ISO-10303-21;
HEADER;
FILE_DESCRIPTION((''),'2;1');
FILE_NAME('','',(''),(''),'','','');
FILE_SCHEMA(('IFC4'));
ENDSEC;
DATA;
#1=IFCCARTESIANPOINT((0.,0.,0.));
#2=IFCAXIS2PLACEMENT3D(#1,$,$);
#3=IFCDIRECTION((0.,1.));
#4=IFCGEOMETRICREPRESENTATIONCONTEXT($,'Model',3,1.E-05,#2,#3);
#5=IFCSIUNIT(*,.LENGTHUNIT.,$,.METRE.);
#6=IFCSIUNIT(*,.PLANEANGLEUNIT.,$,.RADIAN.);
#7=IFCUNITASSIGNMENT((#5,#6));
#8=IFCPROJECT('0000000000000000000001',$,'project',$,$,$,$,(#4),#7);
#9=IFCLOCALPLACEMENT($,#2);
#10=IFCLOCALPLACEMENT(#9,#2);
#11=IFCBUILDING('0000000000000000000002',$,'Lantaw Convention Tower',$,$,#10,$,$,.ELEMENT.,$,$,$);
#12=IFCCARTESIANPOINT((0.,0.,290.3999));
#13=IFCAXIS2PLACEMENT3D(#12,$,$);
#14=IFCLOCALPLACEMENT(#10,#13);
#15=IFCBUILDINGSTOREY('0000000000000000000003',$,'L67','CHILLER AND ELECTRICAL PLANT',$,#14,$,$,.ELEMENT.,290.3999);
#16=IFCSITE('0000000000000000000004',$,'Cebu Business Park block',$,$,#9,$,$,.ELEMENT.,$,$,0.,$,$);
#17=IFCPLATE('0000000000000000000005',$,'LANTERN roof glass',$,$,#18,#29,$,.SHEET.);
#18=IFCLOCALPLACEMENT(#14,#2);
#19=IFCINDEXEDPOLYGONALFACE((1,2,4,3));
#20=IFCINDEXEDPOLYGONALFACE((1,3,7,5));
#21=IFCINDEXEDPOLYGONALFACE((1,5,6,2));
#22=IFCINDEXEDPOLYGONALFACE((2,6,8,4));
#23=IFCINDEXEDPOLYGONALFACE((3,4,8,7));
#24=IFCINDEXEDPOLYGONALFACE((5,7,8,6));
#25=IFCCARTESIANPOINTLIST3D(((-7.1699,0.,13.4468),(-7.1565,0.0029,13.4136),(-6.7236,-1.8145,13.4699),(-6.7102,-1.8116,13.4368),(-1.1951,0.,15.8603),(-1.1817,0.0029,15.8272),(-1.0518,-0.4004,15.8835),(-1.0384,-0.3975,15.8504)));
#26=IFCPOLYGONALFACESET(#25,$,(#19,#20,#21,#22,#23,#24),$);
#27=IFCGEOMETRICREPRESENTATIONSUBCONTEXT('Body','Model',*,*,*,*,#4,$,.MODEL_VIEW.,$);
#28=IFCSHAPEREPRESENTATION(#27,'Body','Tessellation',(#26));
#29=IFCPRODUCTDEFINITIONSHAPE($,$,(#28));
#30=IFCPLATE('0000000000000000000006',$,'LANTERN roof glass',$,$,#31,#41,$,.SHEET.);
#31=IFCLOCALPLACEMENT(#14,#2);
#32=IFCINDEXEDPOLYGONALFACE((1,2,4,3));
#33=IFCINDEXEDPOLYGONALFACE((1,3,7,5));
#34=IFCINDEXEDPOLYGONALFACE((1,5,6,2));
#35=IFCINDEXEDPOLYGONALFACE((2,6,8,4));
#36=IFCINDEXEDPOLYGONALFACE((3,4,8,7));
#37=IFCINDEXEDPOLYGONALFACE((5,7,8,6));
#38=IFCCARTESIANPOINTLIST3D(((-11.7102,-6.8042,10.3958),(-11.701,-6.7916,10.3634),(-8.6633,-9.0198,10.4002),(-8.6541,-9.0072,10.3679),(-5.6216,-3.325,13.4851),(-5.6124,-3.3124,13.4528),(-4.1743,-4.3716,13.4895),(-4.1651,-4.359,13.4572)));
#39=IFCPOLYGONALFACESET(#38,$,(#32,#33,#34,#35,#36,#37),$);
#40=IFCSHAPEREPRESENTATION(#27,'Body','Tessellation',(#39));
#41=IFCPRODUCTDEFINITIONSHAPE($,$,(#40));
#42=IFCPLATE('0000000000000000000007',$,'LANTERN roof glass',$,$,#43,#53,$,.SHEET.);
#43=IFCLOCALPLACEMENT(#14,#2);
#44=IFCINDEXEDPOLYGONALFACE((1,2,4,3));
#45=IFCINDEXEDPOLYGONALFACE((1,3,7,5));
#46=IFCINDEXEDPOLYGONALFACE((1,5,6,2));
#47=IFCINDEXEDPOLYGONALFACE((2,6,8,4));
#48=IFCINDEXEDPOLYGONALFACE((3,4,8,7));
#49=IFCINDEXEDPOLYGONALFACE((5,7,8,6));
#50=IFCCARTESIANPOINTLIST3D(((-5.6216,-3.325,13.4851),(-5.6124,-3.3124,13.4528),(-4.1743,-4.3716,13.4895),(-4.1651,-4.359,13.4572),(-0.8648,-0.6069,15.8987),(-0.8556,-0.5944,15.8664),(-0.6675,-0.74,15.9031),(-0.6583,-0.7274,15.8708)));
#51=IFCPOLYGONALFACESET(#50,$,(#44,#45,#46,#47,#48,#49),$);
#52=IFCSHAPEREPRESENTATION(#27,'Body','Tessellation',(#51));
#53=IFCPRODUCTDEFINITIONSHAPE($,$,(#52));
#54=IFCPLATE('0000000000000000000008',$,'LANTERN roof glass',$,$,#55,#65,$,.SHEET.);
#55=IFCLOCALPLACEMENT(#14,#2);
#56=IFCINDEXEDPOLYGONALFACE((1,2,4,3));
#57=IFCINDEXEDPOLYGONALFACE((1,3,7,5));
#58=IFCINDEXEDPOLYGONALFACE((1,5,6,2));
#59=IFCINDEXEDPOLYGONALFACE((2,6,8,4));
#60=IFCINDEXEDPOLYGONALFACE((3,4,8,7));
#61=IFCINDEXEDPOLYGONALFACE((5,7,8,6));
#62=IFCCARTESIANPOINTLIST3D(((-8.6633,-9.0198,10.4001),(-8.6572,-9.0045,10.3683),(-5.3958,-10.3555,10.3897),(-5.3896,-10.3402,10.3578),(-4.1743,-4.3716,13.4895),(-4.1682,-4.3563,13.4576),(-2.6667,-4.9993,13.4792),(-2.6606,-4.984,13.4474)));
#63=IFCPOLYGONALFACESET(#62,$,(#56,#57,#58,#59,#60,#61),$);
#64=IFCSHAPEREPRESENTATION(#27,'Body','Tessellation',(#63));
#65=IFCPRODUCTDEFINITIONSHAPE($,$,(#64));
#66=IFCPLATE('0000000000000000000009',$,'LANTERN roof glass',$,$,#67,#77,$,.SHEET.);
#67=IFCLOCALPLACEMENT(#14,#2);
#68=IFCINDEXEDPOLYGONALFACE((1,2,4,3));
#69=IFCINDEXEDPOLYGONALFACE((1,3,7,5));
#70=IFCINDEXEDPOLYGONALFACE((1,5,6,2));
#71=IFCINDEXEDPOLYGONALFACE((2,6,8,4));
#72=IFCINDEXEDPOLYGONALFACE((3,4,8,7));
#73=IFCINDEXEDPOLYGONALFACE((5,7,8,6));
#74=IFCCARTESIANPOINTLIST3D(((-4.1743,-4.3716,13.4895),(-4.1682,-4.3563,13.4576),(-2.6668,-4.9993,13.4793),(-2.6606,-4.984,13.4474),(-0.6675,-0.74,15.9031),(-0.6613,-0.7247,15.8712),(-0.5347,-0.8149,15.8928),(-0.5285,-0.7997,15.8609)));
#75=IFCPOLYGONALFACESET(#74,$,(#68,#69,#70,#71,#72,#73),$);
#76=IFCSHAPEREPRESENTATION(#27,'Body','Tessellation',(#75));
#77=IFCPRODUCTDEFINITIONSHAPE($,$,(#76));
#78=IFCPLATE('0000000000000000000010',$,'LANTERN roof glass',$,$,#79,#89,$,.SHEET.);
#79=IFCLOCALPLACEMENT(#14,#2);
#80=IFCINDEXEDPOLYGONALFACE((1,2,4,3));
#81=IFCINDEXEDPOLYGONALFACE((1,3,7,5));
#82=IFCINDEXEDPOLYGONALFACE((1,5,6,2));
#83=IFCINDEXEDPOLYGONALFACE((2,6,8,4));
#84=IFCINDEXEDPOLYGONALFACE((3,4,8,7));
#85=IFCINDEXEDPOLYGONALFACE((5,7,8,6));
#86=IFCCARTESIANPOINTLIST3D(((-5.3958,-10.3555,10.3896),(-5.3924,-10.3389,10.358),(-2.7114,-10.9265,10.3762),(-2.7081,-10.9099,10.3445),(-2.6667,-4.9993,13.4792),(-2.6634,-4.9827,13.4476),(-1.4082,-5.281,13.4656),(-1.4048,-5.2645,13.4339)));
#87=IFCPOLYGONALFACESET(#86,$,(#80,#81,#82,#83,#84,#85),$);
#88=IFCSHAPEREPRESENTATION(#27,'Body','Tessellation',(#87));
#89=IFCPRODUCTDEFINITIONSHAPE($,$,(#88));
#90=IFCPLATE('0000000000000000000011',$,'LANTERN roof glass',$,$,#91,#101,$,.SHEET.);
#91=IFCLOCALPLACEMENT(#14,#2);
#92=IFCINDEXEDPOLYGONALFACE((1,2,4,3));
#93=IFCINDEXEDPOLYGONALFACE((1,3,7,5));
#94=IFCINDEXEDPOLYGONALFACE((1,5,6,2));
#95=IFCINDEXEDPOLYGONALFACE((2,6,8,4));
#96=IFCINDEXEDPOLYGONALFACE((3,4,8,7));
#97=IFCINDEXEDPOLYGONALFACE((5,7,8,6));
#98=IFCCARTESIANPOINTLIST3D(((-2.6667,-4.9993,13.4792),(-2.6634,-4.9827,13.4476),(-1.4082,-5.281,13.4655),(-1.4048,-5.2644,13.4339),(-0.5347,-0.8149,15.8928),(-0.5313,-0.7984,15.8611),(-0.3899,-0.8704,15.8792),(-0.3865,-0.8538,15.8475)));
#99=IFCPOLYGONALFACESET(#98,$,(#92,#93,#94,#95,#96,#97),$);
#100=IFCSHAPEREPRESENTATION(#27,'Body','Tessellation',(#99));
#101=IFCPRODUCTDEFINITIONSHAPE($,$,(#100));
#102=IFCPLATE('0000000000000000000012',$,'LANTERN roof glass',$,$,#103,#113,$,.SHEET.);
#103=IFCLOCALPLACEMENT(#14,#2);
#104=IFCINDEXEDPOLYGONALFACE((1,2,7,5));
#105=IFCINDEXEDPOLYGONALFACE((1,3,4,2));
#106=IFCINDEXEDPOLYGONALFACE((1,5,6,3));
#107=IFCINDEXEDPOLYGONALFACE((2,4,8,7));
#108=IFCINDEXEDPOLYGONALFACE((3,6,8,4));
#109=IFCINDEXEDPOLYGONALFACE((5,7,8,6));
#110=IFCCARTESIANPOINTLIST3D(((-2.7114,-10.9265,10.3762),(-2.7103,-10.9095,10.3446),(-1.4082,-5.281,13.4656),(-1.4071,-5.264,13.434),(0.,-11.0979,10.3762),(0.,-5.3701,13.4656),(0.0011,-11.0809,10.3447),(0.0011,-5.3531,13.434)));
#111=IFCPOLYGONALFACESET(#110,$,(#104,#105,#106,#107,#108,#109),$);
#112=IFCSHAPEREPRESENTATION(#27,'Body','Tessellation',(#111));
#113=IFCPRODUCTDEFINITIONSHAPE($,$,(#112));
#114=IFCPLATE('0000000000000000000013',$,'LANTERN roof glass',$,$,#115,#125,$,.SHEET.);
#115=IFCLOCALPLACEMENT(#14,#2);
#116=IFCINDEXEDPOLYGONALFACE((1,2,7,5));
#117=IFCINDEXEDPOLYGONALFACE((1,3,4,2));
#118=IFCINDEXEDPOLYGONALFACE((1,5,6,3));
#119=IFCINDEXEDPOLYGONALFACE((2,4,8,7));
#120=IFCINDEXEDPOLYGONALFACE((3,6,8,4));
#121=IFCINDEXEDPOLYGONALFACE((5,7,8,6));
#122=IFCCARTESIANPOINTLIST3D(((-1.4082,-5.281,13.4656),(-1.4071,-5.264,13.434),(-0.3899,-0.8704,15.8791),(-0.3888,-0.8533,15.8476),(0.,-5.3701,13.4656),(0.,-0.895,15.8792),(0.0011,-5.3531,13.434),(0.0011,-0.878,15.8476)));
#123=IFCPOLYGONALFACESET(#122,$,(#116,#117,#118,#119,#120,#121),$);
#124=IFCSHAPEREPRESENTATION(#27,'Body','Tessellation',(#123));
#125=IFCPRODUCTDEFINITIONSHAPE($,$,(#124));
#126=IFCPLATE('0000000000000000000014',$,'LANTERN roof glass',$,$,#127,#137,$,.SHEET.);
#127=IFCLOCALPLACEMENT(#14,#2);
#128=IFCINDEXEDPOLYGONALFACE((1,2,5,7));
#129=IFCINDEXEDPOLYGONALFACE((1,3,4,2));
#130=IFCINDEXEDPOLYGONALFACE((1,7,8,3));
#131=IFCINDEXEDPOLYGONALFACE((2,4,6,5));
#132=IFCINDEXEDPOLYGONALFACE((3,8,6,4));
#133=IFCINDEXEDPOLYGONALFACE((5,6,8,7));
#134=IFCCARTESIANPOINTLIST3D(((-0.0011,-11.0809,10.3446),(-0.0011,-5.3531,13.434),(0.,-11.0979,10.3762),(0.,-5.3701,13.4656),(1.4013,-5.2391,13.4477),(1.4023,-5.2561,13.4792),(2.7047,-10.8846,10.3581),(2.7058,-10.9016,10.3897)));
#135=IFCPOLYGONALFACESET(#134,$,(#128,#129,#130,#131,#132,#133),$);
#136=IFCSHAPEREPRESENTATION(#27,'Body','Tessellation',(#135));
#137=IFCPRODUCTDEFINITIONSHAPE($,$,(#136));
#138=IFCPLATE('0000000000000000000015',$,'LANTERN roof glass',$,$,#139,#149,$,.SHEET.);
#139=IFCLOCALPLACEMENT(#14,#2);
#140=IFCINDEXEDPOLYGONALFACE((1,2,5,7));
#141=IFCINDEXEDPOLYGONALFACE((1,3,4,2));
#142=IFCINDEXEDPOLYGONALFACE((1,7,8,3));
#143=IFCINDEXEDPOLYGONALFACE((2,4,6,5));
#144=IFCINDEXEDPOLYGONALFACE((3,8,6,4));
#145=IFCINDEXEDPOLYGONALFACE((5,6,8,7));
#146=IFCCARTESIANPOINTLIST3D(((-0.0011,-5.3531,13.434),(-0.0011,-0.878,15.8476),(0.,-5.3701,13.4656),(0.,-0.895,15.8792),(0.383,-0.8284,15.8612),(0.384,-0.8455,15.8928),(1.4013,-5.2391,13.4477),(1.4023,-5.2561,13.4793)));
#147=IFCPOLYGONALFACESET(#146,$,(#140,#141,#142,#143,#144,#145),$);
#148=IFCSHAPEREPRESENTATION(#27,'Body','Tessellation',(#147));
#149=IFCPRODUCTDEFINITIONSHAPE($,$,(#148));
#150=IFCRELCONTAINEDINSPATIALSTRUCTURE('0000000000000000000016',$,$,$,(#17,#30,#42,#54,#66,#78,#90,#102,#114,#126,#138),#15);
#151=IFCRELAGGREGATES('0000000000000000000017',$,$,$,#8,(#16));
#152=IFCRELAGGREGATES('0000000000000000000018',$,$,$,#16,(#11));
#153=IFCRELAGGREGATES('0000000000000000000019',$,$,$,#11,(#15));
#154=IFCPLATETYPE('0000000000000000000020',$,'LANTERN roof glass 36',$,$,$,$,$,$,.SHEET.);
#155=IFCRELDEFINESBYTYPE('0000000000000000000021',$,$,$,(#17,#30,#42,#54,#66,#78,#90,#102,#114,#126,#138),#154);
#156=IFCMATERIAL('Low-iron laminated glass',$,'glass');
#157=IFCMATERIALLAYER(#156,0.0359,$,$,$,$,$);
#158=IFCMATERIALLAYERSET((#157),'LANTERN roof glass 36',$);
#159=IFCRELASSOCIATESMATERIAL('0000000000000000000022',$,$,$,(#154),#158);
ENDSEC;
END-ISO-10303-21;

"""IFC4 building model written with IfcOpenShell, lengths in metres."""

from ifc_helpers import new_model, si_unit, direction, frame, origin, place, context, subcontext, project, spatial, polyline, outline, extrude, material, layer, layer_set, type_object, element, save


model = new_model("IFC4")

# Units and contexts
model_context = context("Model", 3, precision=1e-05, world=origin(), true_north=direction((0.0, 1.0)))
body_context = subcontext(model_context, "Body", "Model", "MODEL_VIEW")
ifc_project = project(units=[si_unit("LENGTHUNIT", "METRE"), si_unit("PLANEANGLEUNIT", "RADIAN")], contexts=[model_context])

# Site, building, storey
site_placement = place(None, origin())
site = spatial("IfcSite", under=ifc_project, at=site_placement, Name="Cebu Business Park block", CompositionType="ELEMENT", RefElevation=0.0)
building_placement = place(site_placement, origin())
building = spatial("IfcBuilding", under=site, at=building_placement, Name="Lantaw Convention Tower", CompositionType="ELEMENT")
storey_placement = place(building_placement, frame((0.0, 0.0, 290.3999)))
storey = spatial("IfcBuildingStorey", under=building, at=storey_placement, Name="L67", Description="CHILLER AND ELECTRICAL PLANT", CompositionType="ELEMENT", Elevation=290.3999)

# Plates
ifc_material_1 = material(Name="Low-iron laminated glass", Category="glass")
ifc_layer_1 = layer(ifc_material_1, 0.0359)
ifc_layer_set_1 = layer_set([ifc_layer_1], Name="LANTERN roof glass 36")
plate_type_1 = type_object("IfcPlateType", Name="LANTERN roof glass 36", PredefinedType="SHEET", material=ifc_layer_set_1)
plate_1_placement = place(storey_placement, frame((-7.1699, 0.0, 13.4468), z_axis=(-0.373345, -0.080029, 0.924234), x_axis=(0.238831, -0.970982, 0.012399)))
element("IfcPlate", 1, at=plate_1_placement, inside=storey, type_object=plate_type_1, Name="LANTERN roof glass", PredefinedType="SHEET", context=body_context, shape_type="SweptSolid", body=[
    extrude(outline(polyline([(0.0, 0.0), (1.8687, 0.0), (1.8802, 6.3242), (1.4569, 6.2771), (0.0, 0.0)])), origin(), (0.0, 0.0, -1.0), 0.0359),
])
plate_2_placement = place(storey_placement, frame((-11.7102, -6.8042, 10.3958), z_axis=(-0.256465, -0.350889, 0.900612), x_axis=(0.808775, -0.588117, 0.001175)))
element("IfcPlate", 2, at=plate_2_placement, inside=storey, type_object=plate_type_1, Name="LANTERN roof glass", PredefinedType="SHEET", context=body_context, shape_type="SweptSolid", body=[
    extrude(outline(polyline([(0.0, 0.0), (3.7673, 0.0), (4.6678, 7.1056), (2.8818, 7.1004), (0.0, 0.0)])), origin(), (0.0, 0.0, -1.0), 0.0359),
])
plate_3_placement = place(storey_placement, frame((-5.6216, -3.325, 13.4851), z_axis=(-0.256497, -0.350857, 0.900616), x_axis=(0.810303, -0.586006, 0.002482)))
element("IfcPlate", 3, at=plate_3_placement, inside=storey, type_object=plate_type_1, Name="LANTERN roof glass", PredefinedType="SHEET", context=body_context, shape_type="SweptSolid", body=[
    extrude(outline(polyline([(0.0, 0.0), (1.7861, 0.0), (2.5055, 5.5492), (2.2677, 5.5406), (0.0, 0.0)])), origin(), (0.0, 0.0, -1.0), 0.0359),
])
plate_4_placement = place(storey_placement, frame((-8.6633, -9.0198, 10.4001), z_axis=(-0.171066, -0.425443, 0.88867), x_axis=(0.925645, -0.378383, -0.002964)))
element("IfcPlate", 4, at=plate_4_placement, inside=storey, type_object=plate_type_1, Name="LANTERN roof glass", PredefinedType="SHEET", context=body_context, shape_type="SweptSolid", body=[
    extrude(outline(polyline([(0.0, 0.0), (3.5301, 0.0), (4.0203, 6.741), (2.3873, 6.7529), (0.0, 0.0)])), origin(), (0.0, 0.0, -1.0), 0.0359),
])
plate_5_placement = place(storey_placement, frame((-4.1743, -4.3716, 13.4895), z_axis=(-0.171107, -0.425405, 0.88868), x_axis=(0.923155, -0.384376, -0.006253)))
element("IfcPlate", 5, at=plate_5_placement, inside=storey, type_object=plate_type_1, Name="LANTERN roof glass", PredefinedType="SHEET", context=body_context, shape_type="SweptSolid", body=[
    extrude(outline(polyline([(0.0, 0.0), (1.6331, 0.0), (1.9778, 5.2689), (1.8264, 5.2892), (0.0, 0.0)])), origin(), (0.0, 0.0, -1.0), 0.0359),
])
plate_6_placement = place(storey_placement, frame((-5.3958, -10.3555, 10.3896), z_axis=(-0.093689, -0.461211, 0.88233), x_axis=(0.978102, -0.208069, -0.004904)))
element("IfcPlate", 6, at=plate_6_placement, inside=storey, type_object=plate_type_1, Name="LANTERN roof glass", PredefinedType="SHEET", context=body_context, shape_type="SweptSolid", body=[
    extrude(outline(polyline([(0.0, 0.0), (2.7444, 0.0), (2.8293, 6.5656), (1.5396, 6.5811), (0.0, 0.0)])), origin(), (0.0, 0.0, -1.0), 0.0359),
])
plate_7_placement = place(storey_placement, frame((-2.6667, -4.9993, 13.4792), z_axis=(-0.09362, -0.461224, 0.882331), x_axis=(0.975797, -0.218421, -0.010639)))
element("IfcPlate", 7, at=plate_7_placement, inside=storey, type_object=plate_type_1, Name="LANTERN roof glass", PredefinedType="SHEET", context=body_context, shape_type="SweptSolid", body=[
    extrude(outline(polyline([(0.0, 0.0), (1.2898, 0.0), (1.2944, 5.1299), (1.1409, 5.1554), (0.0, 0.0)])), origin(), (0.0, 0.0, -1.0), 0.0359),
])
plate_8_placement = place(storey_placement, frame((-2.7114, -10.9265, 10.3762), z_axis=(-0.030004, -0.474497, 0.879746), x_axis=(0.998008, -0.063089, 0.00001)))
element("IfcPlate", 8, at=plate_8_placement, inside=storey, type_object=plate_type_1, Name="LANTERN roof glass", PredefinedType="SHEET", context=body_context, shape_type="SweptSolid", body=[
    extrude(outline(polyline([(0.0, 0.0), (2.7168, 0.0), (2.3555, 6.4978), (0.9445, 6.4979), (0.0, 0.0)])), origin(), (0.0, 0.0, -1.0), 0.0359),
])
plate_9_placement = place(storey_placement, frame((-1.4082, -5.281, 13.4656), z_axis=(-0.030022, -0.474482, 0.879753), x_axis=(0.998004, -0.063152, -0.000003)))
element("IfcPlate", 9, at=plate_9_placement, inside=storey, type_object=plate_type_1, Name="LANTERN roof glass", PredefinedType="SHEET", context=body_context, shape_type="SweptSolid", body=[
    extrude(outline(polyline([(0.0, 0.0), (1.411, 0.0), (1.1284, 5.0766), (0.7377, 5.0766), (0.0, 0.0)])), origin(), (0.0, 0.0, -1.0), 0.0359),
])
plate_10_placement = place(storey_placement, frame((0.0, -11.0979, 10.3762), z_axis=(0.030038, -0.474508, 0.879739), x_axis=(0.997367, 0.072344, 0.004966)))
element("IfcPlate", 10, at=plate_10_placement, inside=storey, type_object=plate_type_1, Name="LANTERN roof glass", PredefinedType="SHEET", context=body_context, shape_type="SweptSolid", body=[
    extrude(outline(polyline([(0.0, 0.0), (2.713, 0.0), (1.8367, 6.5076), (0.4297, 6.4936), (0.0, 0.0)])), origin(), (0.0, 0.0, -1.0), 0.0359),
])
plate_11_placement = place(storey_placement, frame((0.0, -5.3701, 13.4656), z_axis=(0.029981, -0.474486, 0.879752), x_axis=(0.996665, 0.081022, 0.009733)))
element("IfcPlate", 11, at=plate_11_placement, inside=storey, type_object=plate_type_1, Name="LANTERN roof glass", PredefinedType="SHEET", context=body_context, shape_type="SweptSolid", body=[
    extrude(outline(polyline([(0.0, 0.0), (1.407, 0.0), (0.773, 5.0906), (0.3861, 5.0698), (0.0, 0.0)])), origin(), (0.0, 0.0, -1.0), 0.0359),
])

save(model, "model.ifc")
